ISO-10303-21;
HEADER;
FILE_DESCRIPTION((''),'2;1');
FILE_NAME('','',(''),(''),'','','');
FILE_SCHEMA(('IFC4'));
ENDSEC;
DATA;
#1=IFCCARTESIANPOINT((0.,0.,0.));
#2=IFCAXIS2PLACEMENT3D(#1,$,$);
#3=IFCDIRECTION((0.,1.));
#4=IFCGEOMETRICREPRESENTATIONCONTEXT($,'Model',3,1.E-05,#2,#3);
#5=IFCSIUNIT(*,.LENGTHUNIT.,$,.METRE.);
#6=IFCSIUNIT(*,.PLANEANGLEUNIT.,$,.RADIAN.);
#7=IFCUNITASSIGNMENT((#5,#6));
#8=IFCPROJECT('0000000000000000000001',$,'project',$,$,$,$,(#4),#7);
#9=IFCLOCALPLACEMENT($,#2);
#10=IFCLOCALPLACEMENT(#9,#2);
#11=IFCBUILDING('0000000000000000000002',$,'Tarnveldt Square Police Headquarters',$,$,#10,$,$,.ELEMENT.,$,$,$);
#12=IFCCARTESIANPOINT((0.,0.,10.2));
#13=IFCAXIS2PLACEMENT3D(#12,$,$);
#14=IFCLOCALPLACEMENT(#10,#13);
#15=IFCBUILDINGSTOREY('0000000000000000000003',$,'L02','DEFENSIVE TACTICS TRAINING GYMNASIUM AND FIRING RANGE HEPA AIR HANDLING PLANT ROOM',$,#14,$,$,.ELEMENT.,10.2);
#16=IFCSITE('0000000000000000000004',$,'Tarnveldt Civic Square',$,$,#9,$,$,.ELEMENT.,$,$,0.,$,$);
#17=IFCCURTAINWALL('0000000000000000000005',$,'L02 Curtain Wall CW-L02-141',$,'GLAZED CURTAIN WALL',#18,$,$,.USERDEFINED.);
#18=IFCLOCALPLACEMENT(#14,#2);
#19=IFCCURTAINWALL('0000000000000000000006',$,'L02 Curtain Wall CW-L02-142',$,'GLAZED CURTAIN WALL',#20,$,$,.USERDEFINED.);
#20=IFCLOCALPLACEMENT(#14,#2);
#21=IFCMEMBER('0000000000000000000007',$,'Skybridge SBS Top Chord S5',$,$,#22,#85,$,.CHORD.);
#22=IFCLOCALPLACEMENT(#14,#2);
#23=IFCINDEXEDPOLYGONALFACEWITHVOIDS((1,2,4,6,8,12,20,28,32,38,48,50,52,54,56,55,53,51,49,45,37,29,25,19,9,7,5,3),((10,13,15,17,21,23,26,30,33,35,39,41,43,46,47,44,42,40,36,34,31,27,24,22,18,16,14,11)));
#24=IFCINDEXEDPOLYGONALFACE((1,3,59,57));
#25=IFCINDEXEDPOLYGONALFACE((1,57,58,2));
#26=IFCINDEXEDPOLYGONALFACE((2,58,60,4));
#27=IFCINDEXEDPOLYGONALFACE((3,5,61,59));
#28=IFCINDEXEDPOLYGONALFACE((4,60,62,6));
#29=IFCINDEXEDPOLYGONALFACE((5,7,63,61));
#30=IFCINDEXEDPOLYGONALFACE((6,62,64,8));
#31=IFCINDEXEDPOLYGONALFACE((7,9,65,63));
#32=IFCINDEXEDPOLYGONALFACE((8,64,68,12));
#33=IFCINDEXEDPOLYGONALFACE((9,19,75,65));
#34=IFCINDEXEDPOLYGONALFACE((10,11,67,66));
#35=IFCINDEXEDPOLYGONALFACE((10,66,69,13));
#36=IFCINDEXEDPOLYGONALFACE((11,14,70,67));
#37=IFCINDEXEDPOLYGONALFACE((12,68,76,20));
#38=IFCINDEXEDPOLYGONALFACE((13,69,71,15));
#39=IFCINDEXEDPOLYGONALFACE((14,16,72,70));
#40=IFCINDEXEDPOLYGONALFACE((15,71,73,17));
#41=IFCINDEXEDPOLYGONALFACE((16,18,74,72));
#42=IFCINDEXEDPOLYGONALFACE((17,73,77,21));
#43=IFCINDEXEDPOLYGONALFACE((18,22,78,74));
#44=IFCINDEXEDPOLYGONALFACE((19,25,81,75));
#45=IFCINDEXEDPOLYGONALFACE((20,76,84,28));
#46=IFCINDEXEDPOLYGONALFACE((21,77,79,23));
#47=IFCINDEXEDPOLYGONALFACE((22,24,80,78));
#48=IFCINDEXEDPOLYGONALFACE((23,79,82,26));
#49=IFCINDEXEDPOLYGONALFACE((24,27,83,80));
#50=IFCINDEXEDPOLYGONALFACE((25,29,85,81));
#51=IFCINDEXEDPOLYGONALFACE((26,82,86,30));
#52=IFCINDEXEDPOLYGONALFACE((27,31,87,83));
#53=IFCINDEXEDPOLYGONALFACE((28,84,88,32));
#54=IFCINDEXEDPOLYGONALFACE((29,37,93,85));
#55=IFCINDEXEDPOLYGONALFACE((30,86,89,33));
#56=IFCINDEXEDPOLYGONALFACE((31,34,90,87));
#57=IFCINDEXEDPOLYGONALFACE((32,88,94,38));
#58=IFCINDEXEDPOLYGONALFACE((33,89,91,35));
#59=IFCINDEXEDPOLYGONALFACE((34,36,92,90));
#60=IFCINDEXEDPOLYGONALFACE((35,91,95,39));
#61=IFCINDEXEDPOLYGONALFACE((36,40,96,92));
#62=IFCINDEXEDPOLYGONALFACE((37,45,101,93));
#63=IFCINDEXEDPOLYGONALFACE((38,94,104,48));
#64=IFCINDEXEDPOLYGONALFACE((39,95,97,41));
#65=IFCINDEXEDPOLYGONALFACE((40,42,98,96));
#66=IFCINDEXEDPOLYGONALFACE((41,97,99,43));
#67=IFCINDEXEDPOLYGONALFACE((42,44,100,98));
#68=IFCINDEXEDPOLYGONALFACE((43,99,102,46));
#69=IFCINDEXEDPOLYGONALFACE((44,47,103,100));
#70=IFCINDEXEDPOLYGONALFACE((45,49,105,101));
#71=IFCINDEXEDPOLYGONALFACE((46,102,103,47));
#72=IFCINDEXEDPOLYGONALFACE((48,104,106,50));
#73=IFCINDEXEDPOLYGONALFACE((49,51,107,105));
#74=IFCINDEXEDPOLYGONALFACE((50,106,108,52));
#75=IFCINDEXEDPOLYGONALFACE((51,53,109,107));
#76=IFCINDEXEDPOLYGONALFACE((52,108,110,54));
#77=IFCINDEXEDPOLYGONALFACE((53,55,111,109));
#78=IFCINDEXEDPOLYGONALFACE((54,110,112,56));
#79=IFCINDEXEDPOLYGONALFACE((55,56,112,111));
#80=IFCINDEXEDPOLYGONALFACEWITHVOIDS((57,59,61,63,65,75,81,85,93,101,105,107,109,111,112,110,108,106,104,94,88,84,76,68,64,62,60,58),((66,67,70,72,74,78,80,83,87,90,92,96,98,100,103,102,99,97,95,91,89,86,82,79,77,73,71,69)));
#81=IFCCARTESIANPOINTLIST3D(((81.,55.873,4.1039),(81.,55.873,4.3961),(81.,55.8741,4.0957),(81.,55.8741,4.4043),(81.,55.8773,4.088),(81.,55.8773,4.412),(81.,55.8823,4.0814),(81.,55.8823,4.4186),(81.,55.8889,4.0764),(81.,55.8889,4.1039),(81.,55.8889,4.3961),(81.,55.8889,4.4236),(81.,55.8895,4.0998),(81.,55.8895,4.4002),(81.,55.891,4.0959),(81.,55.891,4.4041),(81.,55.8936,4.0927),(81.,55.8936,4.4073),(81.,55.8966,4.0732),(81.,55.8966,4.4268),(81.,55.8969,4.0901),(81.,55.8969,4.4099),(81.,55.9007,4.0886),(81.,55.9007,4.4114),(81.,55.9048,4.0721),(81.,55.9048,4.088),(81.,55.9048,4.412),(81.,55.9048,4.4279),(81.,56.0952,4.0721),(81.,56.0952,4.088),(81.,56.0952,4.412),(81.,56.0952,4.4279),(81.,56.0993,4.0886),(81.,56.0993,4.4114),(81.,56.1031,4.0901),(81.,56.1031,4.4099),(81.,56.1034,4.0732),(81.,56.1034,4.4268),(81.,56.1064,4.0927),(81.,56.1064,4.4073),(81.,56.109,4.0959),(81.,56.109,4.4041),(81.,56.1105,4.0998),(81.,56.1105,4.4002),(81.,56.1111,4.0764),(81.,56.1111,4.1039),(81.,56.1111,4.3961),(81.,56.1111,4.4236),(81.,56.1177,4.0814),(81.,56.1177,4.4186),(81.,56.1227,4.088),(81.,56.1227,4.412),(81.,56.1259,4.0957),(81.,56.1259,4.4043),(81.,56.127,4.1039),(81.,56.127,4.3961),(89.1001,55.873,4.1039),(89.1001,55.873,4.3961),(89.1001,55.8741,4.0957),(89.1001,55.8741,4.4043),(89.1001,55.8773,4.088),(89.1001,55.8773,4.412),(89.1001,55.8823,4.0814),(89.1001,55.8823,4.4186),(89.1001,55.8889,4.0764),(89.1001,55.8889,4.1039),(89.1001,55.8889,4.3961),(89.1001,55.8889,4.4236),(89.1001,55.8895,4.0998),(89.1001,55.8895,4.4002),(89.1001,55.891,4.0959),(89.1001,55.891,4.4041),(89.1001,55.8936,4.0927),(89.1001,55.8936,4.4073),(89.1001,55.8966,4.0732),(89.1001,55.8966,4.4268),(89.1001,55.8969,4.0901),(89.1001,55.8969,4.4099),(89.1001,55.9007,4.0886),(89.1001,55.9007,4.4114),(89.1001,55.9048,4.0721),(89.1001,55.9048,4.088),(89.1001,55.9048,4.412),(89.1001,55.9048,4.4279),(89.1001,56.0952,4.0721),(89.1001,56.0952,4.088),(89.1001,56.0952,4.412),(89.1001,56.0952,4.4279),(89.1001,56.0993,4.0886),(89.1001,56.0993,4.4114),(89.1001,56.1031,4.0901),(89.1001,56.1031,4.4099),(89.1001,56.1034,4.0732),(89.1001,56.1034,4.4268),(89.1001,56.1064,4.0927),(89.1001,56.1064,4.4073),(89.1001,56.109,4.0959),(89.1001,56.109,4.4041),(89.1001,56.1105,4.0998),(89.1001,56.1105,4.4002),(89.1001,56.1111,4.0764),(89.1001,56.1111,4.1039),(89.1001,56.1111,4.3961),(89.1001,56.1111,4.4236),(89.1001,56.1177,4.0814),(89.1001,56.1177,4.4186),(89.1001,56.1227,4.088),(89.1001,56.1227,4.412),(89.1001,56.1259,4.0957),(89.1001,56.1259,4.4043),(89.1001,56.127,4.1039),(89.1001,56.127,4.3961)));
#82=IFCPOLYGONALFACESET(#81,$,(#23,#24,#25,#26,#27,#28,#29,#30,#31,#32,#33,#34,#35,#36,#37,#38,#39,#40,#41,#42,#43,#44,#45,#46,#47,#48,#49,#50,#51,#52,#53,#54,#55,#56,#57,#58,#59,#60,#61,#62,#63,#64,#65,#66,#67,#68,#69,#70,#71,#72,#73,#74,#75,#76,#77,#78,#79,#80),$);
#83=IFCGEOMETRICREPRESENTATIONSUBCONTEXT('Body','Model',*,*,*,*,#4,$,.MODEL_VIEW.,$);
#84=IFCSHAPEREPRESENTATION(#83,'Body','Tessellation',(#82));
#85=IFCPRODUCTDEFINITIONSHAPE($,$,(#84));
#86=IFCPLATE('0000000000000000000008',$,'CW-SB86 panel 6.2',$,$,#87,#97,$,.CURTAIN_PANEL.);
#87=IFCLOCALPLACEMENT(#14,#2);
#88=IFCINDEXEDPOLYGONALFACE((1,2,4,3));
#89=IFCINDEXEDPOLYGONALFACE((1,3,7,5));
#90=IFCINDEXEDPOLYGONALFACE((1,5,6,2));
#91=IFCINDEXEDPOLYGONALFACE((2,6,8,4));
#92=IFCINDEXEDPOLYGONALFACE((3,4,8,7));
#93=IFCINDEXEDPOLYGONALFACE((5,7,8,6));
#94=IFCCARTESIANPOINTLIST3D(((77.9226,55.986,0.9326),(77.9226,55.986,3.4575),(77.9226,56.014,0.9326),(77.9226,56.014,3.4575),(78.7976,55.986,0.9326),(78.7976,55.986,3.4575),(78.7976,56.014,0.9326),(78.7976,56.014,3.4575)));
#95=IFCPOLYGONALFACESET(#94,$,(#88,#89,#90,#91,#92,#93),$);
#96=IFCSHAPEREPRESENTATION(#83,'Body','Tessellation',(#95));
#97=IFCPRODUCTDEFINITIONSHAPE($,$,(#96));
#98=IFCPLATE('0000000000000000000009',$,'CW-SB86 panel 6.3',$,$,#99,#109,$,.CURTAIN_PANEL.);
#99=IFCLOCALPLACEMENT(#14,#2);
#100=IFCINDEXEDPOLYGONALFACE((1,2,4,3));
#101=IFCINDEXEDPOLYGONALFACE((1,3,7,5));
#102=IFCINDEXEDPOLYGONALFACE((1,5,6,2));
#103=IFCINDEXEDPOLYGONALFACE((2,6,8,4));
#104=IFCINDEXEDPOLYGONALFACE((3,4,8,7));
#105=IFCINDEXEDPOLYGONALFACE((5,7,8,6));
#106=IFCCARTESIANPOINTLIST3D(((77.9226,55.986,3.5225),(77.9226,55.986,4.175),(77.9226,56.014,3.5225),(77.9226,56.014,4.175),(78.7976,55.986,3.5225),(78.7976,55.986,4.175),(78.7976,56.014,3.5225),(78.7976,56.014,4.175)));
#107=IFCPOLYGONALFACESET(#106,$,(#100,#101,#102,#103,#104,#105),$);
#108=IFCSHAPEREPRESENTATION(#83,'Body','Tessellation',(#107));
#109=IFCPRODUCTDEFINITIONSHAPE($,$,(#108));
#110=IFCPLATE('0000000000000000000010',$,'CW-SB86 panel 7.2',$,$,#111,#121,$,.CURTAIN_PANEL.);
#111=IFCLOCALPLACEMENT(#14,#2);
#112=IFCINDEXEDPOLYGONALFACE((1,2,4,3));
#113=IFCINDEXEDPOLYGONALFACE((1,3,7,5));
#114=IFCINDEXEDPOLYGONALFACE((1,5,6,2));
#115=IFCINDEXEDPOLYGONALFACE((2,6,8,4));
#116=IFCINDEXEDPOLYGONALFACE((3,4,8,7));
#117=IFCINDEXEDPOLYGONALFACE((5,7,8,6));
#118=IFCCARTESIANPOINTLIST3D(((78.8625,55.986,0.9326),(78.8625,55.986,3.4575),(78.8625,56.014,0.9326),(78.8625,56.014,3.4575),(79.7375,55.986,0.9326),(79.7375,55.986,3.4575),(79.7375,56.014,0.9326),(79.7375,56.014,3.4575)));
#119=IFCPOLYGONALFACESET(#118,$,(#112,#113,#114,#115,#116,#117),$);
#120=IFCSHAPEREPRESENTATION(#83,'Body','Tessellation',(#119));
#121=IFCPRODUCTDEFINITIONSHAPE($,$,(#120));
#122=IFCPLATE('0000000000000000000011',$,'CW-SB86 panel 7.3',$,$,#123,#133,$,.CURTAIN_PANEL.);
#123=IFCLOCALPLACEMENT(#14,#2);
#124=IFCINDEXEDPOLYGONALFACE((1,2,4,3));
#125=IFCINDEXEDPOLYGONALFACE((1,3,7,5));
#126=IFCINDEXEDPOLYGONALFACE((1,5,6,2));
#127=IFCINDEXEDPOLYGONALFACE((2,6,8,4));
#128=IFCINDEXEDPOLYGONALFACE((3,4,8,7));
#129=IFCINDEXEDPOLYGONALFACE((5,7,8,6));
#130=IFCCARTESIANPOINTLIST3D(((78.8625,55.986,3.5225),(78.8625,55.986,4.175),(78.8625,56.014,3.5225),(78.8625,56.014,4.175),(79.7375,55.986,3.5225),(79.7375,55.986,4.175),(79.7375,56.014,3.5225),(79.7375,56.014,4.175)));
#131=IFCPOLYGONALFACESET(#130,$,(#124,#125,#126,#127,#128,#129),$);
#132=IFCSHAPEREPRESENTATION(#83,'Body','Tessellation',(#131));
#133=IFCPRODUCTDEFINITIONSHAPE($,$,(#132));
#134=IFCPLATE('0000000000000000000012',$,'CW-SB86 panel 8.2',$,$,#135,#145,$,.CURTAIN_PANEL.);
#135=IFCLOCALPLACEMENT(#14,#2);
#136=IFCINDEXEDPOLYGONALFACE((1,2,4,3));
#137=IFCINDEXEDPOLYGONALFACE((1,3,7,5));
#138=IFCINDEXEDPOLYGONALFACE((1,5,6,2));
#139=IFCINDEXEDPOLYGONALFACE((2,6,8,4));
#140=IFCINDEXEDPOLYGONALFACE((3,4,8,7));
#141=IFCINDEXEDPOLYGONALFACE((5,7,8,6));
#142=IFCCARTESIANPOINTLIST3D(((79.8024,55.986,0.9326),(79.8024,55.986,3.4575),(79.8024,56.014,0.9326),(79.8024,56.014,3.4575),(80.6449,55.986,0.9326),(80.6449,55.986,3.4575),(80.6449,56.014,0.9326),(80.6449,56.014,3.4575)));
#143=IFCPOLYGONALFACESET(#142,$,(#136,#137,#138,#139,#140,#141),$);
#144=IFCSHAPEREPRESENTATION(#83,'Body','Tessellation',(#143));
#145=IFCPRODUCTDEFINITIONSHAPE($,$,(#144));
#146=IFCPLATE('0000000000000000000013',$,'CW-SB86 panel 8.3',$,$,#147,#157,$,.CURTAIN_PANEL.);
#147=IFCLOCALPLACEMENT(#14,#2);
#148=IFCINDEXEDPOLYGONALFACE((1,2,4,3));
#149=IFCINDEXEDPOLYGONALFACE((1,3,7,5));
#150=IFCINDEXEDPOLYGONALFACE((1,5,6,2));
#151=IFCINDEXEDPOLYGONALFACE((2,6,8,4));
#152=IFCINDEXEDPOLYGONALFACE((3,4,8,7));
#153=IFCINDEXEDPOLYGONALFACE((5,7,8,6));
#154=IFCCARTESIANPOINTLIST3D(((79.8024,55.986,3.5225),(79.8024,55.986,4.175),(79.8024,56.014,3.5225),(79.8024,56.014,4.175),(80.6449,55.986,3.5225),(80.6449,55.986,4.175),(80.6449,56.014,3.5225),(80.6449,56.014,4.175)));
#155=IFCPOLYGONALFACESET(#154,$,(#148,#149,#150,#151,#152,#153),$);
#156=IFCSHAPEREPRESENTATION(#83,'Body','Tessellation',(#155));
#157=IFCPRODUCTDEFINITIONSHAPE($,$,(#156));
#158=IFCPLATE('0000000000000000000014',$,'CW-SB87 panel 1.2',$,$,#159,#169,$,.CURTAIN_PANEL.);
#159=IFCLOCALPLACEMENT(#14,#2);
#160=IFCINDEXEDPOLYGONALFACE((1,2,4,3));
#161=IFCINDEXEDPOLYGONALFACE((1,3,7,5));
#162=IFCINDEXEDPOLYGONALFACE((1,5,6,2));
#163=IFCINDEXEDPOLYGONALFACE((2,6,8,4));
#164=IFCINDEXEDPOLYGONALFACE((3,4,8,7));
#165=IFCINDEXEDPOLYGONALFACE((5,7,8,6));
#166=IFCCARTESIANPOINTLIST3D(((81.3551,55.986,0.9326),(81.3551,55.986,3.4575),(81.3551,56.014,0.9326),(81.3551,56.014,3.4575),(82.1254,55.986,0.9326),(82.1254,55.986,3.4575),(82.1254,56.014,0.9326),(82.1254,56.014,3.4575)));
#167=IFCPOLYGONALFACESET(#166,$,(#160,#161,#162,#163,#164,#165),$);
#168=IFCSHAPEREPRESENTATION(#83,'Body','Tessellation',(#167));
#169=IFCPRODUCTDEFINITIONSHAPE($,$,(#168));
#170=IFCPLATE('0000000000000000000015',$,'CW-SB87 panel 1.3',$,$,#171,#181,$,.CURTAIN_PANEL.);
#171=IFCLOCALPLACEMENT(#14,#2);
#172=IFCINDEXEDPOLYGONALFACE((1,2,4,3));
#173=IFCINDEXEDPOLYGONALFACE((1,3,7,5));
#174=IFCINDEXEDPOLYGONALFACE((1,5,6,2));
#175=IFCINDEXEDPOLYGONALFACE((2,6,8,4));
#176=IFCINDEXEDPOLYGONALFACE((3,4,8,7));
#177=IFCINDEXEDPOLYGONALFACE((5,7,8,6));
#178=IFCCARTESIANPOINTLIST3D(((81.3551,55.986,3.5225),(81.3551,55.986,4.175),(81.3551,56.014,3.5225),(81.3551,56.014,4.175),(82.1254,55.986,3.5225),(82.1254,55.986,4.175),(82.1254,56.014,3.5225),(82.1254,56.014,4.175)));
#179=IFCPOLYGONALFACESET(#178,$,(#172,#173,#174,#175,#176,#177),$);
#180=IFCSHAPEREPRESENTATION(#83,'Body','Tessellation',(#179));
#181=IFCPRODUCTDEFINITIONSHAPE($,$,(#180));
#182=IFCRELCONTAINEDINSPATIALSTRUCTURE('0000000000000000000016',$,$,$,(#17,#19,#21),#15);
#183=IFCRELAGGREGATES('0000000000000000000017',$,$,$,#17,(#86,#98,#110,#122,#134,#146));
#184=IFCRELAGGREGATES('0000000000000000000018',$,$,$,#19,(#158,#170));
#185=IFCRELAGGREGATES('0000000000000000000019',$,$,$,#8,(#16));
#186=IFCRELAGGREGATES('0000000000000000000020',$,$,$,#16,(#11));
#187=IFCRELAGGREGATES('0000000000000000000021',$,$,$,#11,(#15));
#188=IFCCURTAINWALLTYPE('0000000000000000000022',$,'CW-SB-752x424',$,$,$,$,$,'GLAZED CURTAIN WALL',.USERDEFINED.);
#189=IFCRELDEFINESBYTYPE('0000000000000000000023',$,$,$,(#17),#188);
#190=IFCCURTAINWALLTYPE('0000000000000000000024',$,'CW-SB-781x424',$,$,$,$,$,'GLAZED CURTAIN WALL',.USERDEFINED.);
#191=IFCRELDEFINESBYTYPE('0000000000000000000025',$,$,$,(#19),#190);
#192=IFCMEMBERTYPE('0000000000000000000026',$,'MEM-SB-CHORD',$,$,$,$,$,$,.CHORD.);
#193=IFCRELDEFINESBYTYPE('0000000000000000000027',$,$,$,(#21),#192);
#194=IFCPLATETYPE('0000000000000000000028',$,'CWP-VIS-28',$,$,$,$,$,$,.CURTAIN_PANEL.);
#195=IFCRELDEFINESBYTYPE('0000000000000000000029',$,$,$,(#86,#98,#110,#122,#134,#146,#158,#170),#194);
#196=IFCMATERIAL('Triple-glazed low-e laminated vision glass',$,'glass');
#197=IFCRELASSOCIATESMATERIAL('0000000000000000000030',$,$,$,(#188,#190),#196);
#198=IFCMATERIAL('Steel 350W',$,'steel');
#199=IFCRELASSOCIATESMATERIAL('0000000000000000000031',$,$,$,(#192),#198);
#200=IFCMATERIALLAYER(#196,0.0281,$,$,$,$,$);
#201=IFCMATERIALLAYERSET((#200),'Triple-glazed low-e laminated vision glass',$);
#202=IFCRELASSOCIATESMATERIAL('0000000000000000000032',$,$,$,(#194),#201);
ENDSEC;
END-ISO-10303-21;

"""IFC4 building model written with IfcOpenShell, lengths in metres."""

from ifc_helpers import new_model, si_unit, direction, frame, origin, origin_2d, place, context, subcontext, project, spatial, rectangle, hollow_rectangle, extrude, material, layer, layer_set, material_profile, profile_set, type_object, element, aggregate, save


model = new_model("IFC4")

# Units and contexts
model_context = context("Model", 3, precision=1e-05, world=origin(), true_north=direction((0.0, 1.0)))
body_context = subcontext(model_context, "Body", "Model", "MODEL_VIEW")
ifc_project = project(units=[si_unit("LENGTHUNIT", "METRE"), si_unit("PLANEANGLEUNIT", "RADIAN")], contexts=[model_context])

# Site, building, storey
site_placement = place(None, origin())
site = spatial("IfcSite", under=ifc_project, at=site_placement, Name="Tarnveldt Civic Square", CompositionType="ELEMENT", RefElevation=0.0)
building_placement = place(site_placement, origin())
building = spatial("IfcBuilding", under=site, at=building_placement, Name="Tarnveldt Square Police Headquarters", CompositionType="ELEMENT")
storey_placement = place(building_placement, frame((0.0, 0.0, 10.2)))
storey = spatial("IfcBuildingStorey", under=building, at=storey_placement, Name="L02", Description="DEFENSIVE TACTICS TRAINING GYMNASIUM AND FIRING RANGE HEPA AIR HANDLING PLANT ROOM", CompositionType="ELEMENT", Elevation=10.2)

# Shared definitions
ifc_material_1 = material(Name="Steel 350W", Category="steel")

# Curtain walls
ifc_material_2 = material(Name="Triple-glazed low-e laminated vision glass", Category="glass")
curtain_wall_type_1 = type_object("IfcCurtainWallType", Name="CW-SB-752x424", ElementType="GLAZED CURTAIN WALL", PredefinedType="USERDEFINED", material=ifc_material_2)
curtain_wall_1_placement = place(storey_placement, origin())
curtain_wall_1 = element("IfcCurtainWall", 1, at=curtain_wall_1_placement, inside=storey, type_object=curtain_wall_type_1, Name="L02 Curtain Wall CW-L02-141", ObjectType="GLAZED CURTAIN WALL", PredefinedType="USERDEFINED")
curtain_wall_type_2 = type_object("IfcCurtainWallType", Name="CW-SB-781x424", ElementType="GLAZED CURTAIN WALL", PredefinedType="USERDEFINED", material=ifc_material_2)
curtain_wall_2_placement = place(storey_placement, origin())
curtain_wall_2 = element("IfcCurtainWall", 2, at=curtain_wall_2_placement, inside=storey, type_object=curtain_wall_type_2, Name="L02 Curtain Wall CW-L02-142", ObjectType="GLAZED CURTAIN WALL", PredefinedType="USERDEFINED")

# Member
ifc_material_profile_1 = material_profile(ifc_material_1, hollow_rectangle(XDim=0.2539, YDim=0.3557, WallThickness=0.0159, InnerFilletRadius=0.0159, OuterFilletRadius=0.0317, at=origin_2d()), Name="HSS356x254x16")
ifc_profile_set_1 = profile_set([ifc_material_profile_1], Name="Steel 350W")
member_type_1 = type_object("IfcMemberType", Name="MEM-SB-CHORD", PredefinedType="CHORD", material=ifc_profile_set_1)
member_1_placement = place(storey_placement, frame((81.0, 56.0, 4.25), z_axis=(1.0, 0.0, 0.0), x_axis=(0.0, 1.0, 0.0)))
element("IfcMember", 3, at=member_1_placement, inside=storey, type_object=member_type_1, Name="Skybridge SBS Top Chord S5", PredefinedType="CHORD", context=body_context, shape_type="SweptSolid", body=[
    extrude(hollow_rectangle(XDim=0.2539, YDim=0.3557, WallThickness=0.0159, InnerFilletRadius=0.0159, OuterFilletRadius=0.0317, at=origin_2d()), origin(), (0.0, 0.0, 1.0), 8.1001),
])

# Plates
ifc_layer = layer(ifc_material_2, 0.0281)
ifc_layer_set = layer_set([ifc_layer], Name="Triple-glazed low-e laminated vision glass")
plate_type = type_object("IfcPlateType", Name="CWP-VIS-28", PredefinedType="CURTAIN_PANEL", material=ifc_layer_set)
plate_1_placement = place(storey_placement, frame((78.3601, 56.0, 0.9326), z_axis=(0.0, 0.0, 1.0), x_axis=(1.0, 0.0, 0.0)))
plate_1 = element("IfcPlate", 4, at=plate_1_placement, type_object=plate_type, Name="CW-SB86 panel 6.2", PredefinedType="CURTAIN_PANEL", context=body_context, shape_type="SweptSolid", body=[
    extrude(rectangle(XDim=0.875, YDim=0.0281, at=origin_2d()), origin(), (0.0, 0.0, 1.0), 2.5249),
])
plate_2_placement = place(storey_placement, frame((78.3601, 56.0, 3.5225), z_axis=(0.0, 0.0, 1.0), x_axis=(1.0, 0.0, 0.0)))
plate_2 = element("IfcPlate", 5, at=plate_2_placement, type_object=plate_type, Name="CW-SB86 panel 6.3", PredefinedType="CURTAIN_PANEL", context=body_context, shape_type="SweptSolid", body=[
    extrude(rectangle(XDim=0.875, YDim=0.0281, at=origin_2d()), origin(), (0.0, 0.0, 1.0), 0.6526),
])
plate_3_placement = place(storey_placement, frame((79.3, 56.0, 0.9326), z_axis=(0.0, 0.0, 1.0), x_axis=(1.0, 0.0, 0.0)))
plate_3 = element("IfcPlate", 6, at=plate_3_placement, type_object=plate_type, Name="CW-SB86 panel 7.2", PredefinedType="CURTAIN_PANEL", context=body_context, shape_type="SweptSolid", body=[
    extrude(rectangle(XDim=0.875, YDim=0.0281, at=origin_2d()), origin(), (0.0, 0.0, 1.0), 2.5249),
])
plate_4_placement = place(storey_placement, frame((79.3, 56.0, 3.5225), z_axis=(0.0, 0.0, 1.0), x_axis=(1.0, 0.0, 0.0)))
plate_4 = element("IfcPlate", 7, at=plate_4_placement, type_object=plate_type, Name="CW-SB86 panel 7.3", PredefinedType="CURTAIN_PANEL", context=body_context, shape_type="SweptSolid", body=[
    extrude(rectangle(XDim=0.875, YDim=0.0281, at=origin_2d()), origin(), (0.0, 0.0, 1.0), 0.6526),
])
plate_5_placement = place(storey_placement, frame((80.2236, 56.0, 0.9326), z_axis=(0.0, 0.0, 1.0), x_axis=(1.0, 0.0, 0.0)))
plate_5 = element("IfcPlate", 8, at=plate_5_placement, type_object=plate_type, Name="CW-SB86 panel 8.2", PredefinedType="CURTAIN_PANEL", context=body_context, shape_type="SweptSolid", body=[
    extrude(rectangle(XDim=0.8425, YDim=0.0281, at=origin_2d()), origin(), (0.0, 0.0, 1.0), 2.5249),
])
plate_6_placement = place(storey_placement, frame((80.2236, 56.0, 3.5225), z_axis=(0.0, 0.0, 1.0), x_axis=(1.0, 0.0, 0.0)))
plate_6 = element("IfcPlate", 9, at=plate_6_placement, type_object=plate_type, Name="CW-SB86 panel 8.3", PredefinedType="CURTAIN_PANEL", context=body_context, shape_type="SweptSolid", body=[
    extrude(rectangle(XDim=0.8425, YDim=0.0281, at=origin_2d()), origin(), (0.0, 0.0, 1.0), 0.6526),
])
aggregate(curtain_wall_1, [plate_1, plate_2, plate_3, plate_4, plate_5, plate_6])
plate_7_placement = place(storey_placement, frame((81.7402, 56.0, 0.9326), z_axis=(0.0, 0.0, 1.0), x_axis=(1.0, 0.0, 0.0)))
plate_7 = element("IfcPlate", 10, at=plate_7_placement, type_object=plate_type, Name="CW-SB87 panel 1.2", PredefinedType="CURTAIN_PANEL", context=body_context, shape_type="SweptSolid", body=[
    extrude(rectangle(XDim=0.7703, YDim=0.0281, at=origin_2d()), origin(), (0.0, 0.0, 1.0), 2.5249),
])
plate_8_placement = place(storey_placement, frame((81.7402, 56.0, 3.5225), z_axis=(0.0, 0.0, 1.0), x_axis=(1.0, 0.0, 0.0)))
plate_8 = element("IfcPlate", 11, at=plate_8_placement, type_object=plate_type, Name="CW-SB87 panel 1.3", PredefinedType="CURTAIN_PANEL", context=body_context, shape_type="SweptSolid", body=[
    extrude(rectangle(XDim=0.7703, YDim=0.0281, at=origin_2d()), origin(), (0.0, 0.0, 1.0), 0.6526),
])
aggregate(curtain_wall_2, [plate_7, plate_8])

save(model, "model.ifc")
